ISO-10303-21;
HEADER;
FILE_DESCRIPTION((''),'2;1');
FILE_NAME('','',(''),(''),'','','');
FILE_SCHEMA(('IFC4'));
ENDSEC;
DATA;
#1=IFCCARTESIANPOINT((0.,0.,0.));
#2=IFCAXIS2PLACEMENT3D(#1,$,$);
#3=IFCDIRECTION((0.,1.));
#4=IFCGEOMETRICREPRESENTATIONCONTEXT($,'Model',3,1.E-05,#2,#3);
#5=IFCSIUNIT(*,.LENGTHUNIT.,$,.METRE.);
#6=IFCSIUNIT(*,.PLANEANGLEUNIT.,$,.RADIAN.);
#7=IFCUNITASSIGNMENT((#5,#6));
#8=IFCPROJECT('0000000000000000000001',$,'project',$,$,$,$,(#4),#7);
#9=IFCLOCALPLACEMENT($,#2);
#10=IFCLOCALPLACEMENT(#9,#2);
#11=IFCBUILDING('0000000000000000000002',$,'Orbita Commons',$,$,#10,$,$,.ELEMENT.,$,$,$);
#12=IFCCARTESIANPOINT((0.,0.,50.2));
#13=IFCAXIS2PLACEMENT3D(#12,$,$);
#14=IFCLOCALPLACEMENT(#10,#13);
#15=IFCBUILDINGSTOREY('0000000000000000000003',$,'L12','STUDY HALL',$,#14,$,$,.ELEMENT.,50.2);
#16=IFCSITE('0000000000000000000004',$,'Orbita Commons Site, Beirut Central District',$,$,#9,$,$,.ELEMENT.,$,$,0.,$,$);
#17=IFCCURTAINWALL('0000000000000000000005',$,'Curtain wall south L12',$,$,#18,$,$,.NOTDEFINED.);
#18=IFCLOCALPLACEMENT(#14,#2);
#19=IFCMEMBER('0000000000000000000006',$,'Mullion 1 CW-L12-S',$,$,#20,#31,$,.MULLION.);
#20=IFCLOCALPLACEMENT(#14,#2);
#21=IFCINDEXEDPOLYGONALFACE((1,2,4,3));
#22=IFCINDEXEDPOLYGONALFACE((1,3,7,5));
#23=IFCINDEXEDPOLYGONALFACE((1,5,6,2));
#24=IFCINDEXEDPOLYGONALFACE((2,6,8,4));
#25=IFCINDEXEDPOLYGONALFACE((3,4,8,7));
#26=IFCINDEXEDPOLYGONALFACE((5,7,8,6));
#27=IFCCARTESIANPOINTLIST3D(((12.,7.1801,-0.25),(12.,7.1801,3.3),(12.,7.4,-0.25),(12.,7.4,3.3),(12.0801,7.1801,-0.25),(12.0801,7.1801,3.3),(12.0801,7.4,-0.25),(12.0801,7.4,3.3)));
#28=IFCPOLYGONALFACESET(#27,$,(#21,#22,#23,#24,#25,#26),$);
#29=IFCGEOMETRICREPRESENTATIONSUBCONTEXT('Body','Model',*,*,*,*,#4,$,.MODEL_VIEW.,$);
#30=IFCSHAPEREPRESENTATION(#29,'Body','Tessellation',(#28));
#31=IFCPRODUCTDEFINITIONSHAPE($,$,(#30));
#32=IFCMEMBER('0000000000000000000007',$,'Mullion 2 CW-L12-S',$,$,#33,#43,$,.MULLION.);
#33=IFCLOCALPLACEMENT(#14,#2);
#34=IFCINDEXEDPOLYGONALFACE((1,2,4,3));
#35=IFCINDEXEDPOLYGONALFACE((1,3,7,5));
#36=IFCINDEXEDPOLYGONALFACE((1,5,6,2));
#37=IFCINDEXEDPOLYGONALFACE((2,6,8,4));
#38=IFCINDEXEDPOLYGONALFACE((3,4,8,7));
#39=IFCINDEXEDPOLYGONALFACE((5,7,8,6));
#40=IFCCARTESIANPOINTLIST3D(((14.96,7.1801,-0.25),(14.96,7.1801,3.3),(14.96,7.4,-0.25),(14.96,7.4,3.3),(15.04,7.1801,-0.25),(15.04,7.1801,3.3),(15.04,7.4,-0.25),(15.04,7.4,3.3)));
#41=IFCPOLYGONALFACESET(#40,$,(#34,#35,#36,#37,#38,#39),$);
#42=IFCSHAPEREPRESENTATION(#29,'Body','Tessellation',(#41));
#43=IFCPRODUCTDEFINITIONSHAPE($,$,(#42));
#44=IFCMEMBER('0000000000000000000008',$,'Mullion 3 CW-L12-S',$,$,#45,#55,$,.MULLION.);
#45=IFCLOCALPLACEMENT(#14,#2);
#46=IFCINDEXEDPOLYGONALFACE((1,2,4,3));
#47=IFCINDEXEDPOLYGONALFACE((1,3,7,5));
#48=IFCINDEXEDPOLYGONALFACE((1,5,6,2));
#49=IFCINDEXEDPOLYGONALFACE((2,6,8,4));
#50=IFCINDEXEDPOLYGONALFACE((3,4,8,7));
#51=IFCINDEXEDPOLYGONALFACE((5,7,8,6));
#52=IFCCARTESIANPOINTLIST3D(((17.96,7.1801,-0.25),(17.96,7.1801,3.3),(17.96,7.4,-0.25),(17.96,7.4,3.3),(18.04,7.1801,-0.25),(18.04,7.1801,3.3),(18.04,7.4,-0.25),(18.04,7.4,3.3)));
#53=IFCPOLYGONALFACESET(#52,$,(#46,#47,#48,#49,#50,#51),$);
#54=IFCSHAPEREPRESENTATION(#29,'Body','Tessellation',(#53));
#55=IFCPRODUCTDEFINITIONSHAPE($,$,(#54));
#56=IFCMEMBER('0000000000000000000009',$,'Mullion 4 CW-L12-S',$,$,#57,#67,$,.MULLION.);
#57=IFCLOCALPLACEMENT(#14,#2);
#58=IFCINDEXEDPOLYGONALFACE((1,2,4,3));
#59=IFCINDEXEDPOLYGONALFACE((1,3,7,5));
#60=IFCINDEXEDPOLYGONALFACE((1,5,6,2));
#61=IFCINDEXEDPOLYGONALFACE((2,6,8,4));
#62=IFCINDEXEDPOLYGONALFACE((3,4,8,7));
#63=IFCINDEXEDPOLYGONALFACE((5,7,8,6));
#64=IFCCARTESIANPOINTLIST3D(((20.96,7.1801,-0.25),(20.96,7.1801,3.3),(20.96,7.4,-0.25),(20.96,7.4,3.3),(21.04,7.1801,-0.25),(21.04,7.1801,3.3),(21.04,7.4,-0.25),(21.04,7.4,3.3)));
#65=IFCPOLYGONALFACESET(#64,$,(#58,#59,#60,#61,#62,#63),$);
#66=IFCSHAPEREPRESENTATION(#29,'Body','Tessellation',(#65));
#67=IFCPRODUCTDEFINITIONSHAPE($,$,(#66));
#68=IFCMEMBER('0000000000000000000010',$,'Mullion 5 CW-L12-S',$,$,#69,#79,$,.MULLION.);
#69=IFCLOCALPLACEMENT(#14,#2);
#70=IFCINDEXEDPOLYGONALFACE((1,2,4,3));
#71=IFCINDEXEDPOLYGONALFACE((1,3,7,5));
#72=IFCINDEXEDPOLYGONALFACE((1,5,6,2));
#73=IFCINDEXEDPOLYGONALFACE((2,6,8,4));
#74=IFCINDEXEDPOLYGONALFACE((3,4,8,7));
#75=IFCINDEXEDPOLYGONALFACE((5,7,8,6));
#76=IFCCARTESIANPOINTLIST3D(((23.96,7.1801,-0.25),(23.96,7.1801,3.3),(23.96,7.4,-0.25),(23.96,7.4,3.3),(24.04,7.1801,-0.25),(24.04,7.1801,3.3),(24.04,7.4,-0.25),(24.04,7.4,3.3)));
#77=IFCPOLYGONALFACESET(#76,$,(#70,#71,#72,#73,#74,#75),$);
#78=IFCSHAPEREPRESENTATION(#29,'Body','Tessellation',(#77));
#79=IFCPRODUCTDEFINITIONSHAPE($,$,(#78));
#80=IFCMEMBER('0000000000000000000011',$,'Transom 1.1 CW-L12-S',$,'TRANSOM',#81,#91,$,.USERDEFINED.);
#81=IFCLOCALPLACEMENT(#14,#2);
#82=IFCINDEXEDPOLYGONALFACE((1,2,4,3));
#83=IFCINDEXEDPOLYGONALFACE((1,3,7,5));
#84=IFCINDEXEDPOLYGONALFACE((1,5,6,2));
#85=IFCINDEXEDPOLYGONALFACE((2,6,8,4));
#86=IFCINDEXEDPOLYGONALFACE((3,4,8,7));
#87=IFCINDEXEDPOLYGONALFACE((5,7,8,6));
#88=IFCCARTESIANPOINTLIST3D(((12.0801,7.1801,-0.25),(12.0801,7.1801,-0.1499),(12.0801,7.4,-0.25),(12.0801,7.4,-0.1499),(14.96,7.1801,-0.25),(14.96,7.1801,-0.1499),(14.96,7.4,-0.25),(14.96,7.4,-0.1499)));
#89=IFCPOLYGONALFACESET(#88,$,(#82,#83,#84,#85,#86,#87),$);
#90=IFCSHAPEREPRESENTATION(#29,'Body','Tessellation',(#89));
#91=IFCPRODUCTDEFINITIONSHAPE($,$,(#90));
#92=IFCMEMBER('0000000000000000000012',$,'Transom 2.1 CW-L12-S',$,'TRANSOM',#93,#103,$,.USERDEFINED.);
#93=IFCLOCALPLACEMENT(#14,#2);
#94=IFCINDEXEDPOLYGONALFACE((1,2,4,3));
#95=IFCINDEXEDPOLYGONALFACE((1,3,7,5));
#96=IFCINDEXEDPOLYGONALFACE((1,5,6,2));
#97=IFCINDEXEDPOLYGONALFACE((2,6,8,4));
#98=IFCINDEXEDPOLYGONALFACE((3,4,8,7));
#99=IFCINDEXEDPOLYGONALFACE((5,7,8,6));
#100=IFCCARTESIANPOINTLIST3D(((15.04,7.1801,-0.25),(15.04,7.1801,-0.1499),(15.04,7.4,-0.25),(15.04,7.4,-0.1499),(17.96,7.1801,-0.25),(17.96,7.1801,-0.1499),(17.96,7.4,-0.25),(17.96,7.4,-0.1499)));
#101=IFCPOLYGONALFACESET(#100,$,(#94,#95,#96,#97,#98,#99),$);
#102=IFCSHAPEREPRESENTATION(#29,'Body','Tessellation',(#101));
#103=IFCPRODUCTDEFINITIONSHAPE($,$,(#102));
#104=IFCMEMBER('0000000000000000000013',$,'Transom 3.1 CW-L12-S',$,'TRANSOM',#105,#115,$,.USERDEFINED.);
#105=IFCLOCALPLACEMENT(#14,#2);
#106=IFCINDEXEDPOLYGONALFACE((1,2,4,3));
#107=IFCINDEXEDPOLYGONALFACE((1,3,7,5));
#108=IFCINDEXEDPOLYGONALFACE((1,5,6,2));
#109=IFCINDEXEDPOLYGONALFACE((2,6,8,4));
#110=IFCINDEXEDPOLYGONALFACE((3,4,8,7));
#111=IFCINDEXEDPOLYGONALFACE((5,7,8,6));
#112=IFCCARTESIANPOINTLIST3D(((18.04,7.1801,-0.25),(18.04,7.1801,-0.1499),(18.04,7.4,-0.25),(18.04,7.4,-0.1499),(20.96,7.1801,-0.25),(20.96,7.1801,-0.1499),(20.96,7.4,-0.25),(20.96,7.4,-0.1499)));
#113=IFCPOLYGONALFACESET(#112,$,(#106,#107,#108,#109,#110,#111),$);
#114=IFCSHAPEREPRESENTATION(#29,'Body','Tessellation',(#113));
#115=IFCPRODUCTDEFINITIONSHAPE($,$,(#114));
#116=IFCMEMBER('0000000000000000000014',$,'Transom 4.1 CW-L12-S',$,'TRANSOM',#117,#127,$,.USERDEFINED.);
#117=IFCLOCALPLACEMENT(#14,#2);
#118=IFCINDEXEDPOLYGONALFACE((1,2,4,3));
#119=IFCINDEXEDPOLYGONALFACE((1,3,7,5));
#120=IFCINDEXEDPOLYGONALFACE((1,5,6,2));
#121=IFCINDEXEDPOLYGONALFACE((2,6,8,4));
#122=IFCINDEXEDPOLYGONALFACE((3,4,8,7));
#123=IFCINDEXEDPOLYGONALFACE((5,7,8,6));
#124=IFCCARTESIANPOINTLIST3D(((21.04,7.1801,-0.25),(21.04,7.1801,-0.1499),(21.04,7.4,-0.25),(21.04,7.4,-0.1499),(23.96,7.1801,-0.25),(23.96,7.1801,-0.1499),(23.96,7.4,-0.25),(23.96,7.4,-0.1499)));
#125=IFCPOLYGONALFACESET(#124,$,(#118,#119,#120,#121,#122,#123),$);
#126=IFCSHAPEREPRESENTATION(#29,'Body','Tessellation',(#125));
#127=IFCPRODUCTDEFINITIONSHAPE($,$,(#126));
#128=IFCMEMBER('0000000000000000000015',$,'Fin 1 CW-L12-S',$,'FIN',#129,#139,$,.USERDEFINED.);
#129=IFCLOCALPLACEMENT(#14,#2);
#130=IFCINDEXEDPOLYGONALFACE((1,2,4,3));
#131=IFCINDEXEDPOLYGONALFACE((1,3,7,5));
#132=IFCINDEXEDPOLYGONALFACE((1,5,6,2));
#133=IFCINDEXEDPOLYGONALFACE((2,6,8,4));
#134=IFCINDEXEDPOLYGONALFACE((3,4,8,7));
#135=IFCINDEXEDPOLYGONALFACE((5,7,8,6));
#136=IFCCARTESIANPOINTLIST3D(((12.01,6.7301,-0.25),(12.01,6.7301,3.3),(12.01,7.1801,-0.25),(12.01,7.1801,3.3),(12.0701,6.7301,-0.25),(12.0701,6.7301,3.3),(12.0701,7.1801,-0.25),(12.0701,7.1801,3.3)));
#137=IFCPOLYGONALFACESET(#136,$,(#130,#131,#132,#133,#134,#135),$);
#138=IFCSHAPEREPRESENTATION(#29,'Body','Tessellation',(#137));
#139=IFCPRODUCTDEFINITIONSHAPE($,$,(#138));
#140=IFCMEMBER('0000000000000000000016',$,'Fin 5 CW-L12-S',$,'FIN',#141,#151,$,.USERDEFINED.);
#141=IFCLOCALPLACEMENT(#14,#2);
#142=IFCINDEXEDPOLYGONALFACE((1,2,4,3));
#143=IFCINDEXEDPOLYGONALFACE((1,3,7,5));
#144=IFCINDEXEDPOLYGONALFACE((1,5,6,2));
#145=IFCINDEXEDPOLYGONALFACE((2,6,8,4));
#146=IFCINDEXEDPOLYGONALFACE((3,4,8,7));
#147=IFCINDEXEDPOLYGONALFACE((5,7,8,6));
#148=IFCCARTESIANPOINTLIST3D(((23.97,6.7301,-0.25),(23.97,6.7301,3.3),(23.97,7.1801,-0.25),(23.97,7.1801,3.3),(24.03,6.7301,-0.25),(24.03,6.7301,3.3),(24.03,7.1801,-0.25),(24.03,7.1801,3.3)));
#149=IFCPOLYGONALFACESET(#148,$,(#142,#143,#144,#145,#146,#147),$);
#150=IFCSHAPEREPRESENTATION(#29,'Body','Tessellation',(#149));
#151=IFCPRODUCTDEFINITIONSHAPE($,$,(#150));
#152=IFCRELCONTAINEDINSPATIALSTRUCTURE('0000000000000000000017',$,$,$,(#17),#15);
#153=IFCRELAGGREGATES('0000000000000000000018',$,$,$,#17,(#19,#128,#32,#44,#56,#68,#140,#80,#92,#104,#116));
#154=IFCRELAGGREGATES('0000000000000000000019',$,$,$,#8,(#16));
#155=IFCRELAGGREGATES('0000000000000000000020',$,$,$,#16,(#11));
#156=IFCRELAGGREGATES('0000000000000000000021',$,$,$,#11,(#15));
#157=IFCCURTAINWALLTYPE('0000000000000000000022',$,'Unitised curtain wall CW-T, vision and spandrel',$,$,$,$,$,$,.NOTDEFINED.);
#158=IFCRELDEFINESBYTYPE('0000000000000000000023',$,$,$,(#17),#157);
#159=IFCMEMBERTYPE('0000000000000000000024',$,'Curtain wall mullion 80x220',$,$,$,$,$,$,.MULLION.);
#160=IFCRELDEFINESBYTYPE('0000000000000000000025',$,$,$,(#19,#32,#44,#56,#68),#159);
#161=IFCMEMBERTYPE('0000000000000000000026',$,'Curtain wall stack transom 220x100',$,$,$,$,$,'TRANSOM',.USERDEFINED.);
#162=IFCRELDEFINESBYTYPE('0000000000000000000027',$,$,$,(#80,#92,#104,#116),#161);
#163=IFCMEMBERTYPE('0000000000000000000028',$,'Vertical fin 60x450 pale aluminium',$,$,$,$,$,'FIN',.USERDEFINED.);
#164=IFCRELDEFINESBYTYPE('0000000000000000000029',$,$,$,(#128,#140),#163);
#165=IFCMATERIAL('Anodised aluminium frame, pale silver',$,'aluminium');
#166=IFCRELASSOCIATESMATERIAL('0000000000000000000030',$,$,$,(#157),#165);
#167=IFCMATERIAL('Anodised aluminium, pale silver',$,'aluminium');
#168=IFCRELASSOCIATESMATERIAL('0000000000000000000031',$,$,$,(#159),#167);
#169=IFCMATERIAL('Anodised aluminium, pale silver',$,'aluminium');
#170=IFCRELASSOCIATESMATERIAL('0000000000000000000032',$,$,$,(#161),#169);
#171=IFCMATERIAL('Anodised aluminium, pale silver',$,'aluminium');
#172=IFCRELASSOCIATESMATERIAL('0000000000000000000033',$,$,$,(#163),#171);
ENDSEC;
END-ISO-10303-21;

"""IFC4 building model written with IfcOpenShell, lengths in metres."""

from ifc_helpers import new_model, si_unit, direction, frame, origin, origin_2d, place, context, subcontext, project, spatial, rectangle, extrude, material, material_profile, profile_set, type_object, element, aggregate, save


model = new_model("IFC4")

# Units and contexts
model_context = context("Model", 3, precision=1e-05, world=origin(), true_north=direction((0.0, 1.0)))
body_context = subcontext(model_context, "Body", "Model", "MODEL_VIEW")
ifc_project = project(units=[si_unit("LENGTHUNIT", "METRE"), si_unit("PLANEANGLEUNIT", "RADIAN")], contexts=[model_context])

# Site, building, storey
site_placement = place(None, origin())
site = spatial("IfcSite", under=ifc_project, at=site_placement, Name="Orbita Commons Site, Beirut Central District", CompositionType="ELEMENT", RefElevation=0.0)
building_placement = place(site_placement, origin())
building = spatial("IfcBuilding", under=site, at=building_placement, Name="Orbita Commons", CompositionType="ELEMENT")
storey_placement = place(building_placement, frame((0.0, 0.0, 50.2)))
storey = spatial("IfcBuildingStorey", under=building, at=storey_placement, Name="L12", Description="STUDY HALL", CompositionType="ELEMENT", Elevation=50.2)

# Curtain wall, members
ifc_material_1 = material(Name="Anodised aluminium frame, pale silver", Category="aluminium")
curtain_wall_type = type_object("IfcCurtainWallType", Name="Unitised curtain wall CW-T, vision and spandrel", PredefinedType="NOTDEFINED", material=ifc_material_1)
curtain_wall_placement = place(storey_placement, origin())
curtain_wall = element("IfcCurtainWall", 1, at=curtain_wall_placement, inside=storey, type_object=curtain_wall_type, Name="Curtain wall south L12", PredefinedType="NOTDEFINED")
ifc_material_2 = material(Name="Anodised aluminium, pale silver", Category="aluminium")
ifc_material_profile_1 = material_profile(ifc_material_2, rectangle(XDim=0.0801, YDim=0.22, at=origin_2d()), Name="AL 80x220")
ifc_profile_set_1 = profile_set([ifc_material_profile_1], Name="Anodised aluminium, pale silver")
member_type_1 = type_object("IfcMemberType", Name="Curtain wall mullion 80x220", PredefinedType="MULLION", material=ifc_profile_set_1)
member_1_placement = place(storey_placement, frame((12.04, 7.29, -0.25), z_axis=(0.0, 0.0, 1.0), x_axis=(1.0, 0.0, 0.0)))
member_1 = element("IfcMember", 2, at=member_1_placement, type_object=member_type_1, Name="Mullion 1 CW-L12-S", PredefinedType="MULLION", context=body_context, shape_type="SweptSolid", body=[
    extrude(rectangle(XDim=0.0801, YDim=0.22, at=origin_2d()), origin(), (0.0, 0.0, 1.0), 3.55),
])
member_2_placement = place(storey_placement, frame((15.0, 7.29, -0.25), z_axis=(0.0, 0.0, 1.0), x_axis=(1.0, 0.0, 0.0)))
member_2 = element("IfcMember", 3, at=member_2_placement, type_object=member_type_1, Name="Mullion 2 CW-L12-S", PredefinedType="MULLION", context=body_context, shape_type="SweptSolid", body=[
    extrude(rectangle(XDim=0.0801, YDim=0.22, at=origin_2d()), origin(), (0.0, 0.0, 1.0), 3.55),
])
member_3_placement = place(storey_placement, frame((18.0, 7.29, -0.25), z_axis=(0.0, 0.0, 1.0), x_axis=(1.0, 0.0, 0.0)))
member_3 = element("IfcMember", 4, at=member_3_placement, type_object=member_type_1, Name="Mullion 3 CW-L12-S", PredefinedType="MULLION", context=body_context, shape_type="SweptSolid", body=[
    extrude(rectangle(XDim=0.0801, YDim=0.22, at=origin_2d()), origin(), (0.0, 0.0, 1.0), 3.55),
])
member_4_placement = place(storey_placement, frame((21.0, 7.29, -0.25), z_axis=(0.0, 0.0, 1.0), x_axis=(1.0, 0.0, 0.0)))
member_4 = element("IfcMember", 5, at=member_4_placement, type_object=member_type_1, Name="Mullion 4 CW-L12-S", PredefinedType="MULLION", context=body_context, shape_type="SweptSolid", body=[
    extrude(rectangle(XDim=0.0801, YDim=0.22, at=origin_2d()), origin(), (0.0, 0.0, 1.0), 3.55),
])
member_5_placement = place(storey_placement, frame((24.0, 7.29, -0.25), z_axis=(0.0, 0.0, 1.0), x_axis=(1.0, 0.0, 0.0)))
member_5 = element("IfcMember", 6, at=member_5_placement, type_object=member_type_1, Name="Mullion 5 CW-L12-S", PredefinedType="MULLION", context=body_context, shape_type="SweptSolid", body=[
    extrude(rectangle(XDim=0.0801, YDim=0.22, at=origin_2d()), origin(), (0.0, 0.0, 1.0), 3.55),
])
ifc_material_3 = material(Name="Anodised aluminium, pale silver", Category="aluminium")
ifc_material_profile_2 = material_profile(ifc_material_3, rectangle(XDim=0.22, YDim=0.1001, at=origin_2d()), Name="AL 220x100")
ifc_profile_set_2 = profile_set([ifc_material_profile_2], Name="Anodised aluminium, pale silver")
member_type_2 = type_object("IfcMemberType", Name="Curtain wall stack transom 220x100", ElementType="TRANSOM", PredefinedType="USERDEFINED", material=ifc_profile_set_2)
member_6_placement = place(storey_placement, frame((12.0801, 7.29, -0.2), z_axis=(1.0, 0.0, 0.0), x_axis=(0.0, 1.0, 0.0)))
member_6 = element("IfcMember", 7, at=member_6_placement, type_object=member_type_2, Name="Transom 1.1 CW-L12-S", ObjectType="TRANSOM", PredefinedType="USERDEFINED", context=body_context, shape_type="SweptSolid", body=[
    extrude(rectangle(XDim=0.22, YDim=0.1001, at=origin_2d()), origin(), (0.0, 0.0, 1.0), 2.8799),
])
member_7_placement = place(storey_placement, frame((15.04, 7.29, -0.2), z_axis=(1.0, 0.0, 0.0), x_axis=(0.0, 1.0, 0.0)))
member_7 = element("IfcMember", 8, at=member_7_placement, type_object=member_type_2, Name="Transom 2.1 CW-L12-S", ObjectType="TRANSOM", PredefinedType="USERDEFINED", context=body_context, shape_type="SweptSolid", body=[
    extrude(rectangle(XDim=0.22, YDim=0.1001, at=origin_2d()), origin(), (0.0, 0.0, 1.0), 2.9199),
])
member_8_placement = place(storey_placement, frame((18.04, 7.29, -0.2), z_axis=(1.0, 0.0, 0.0), x_axis=(0.0, 1.0, 0.0)))
member_8 = element("IfcMember", 9, at=member_8_placement, type_object=member_type_2, Name="Transom 3.1 CW-L12-S", ObjectType="TRANSOM", PredefinedType="USERDEFINED", context=body_context, shape_type="SweptSolid", body=[
    extrude(rectangle(XDim=0.22, YDim=0.1001, at=origin_2d()), origin(), (0.0, 0.0, 1.0), 2.9199),
])
member_9_placement = place(storey_placement, frame((21.04, 7.29, -0.2), z_axis=(1.0, 0.0, 0.0), x_axis=(0.0, 1.0, 0.0)))
member_9 = element("IfcMember", 10, at=member_9_placement, type_object=member_type_2, Name="Transom 4.1 CW-L12-S", ObjectType="TRANSOM", PredefinedType="USERDEFINED", context=body_context, shape_type="SweptSolid", body=[
    extrude(rectangle(XDim=0.22, YDim=0.1001, at=origin_2d()), origin(), (0.0, 0.0, 1.0), 2.9199),
])
ifc_material_4 = material(Name="Anodised aluminium, pale silver", Category="aluminium")
ifc_material_profile_3 = material_profile(ifc_material_4, rectangle(XDim=0.0601, YDim=0.45, at=origin_2d()), Name="FIN 60x450")
ifc_profile_set_3 = profile_set([ifc_material_profile_3], Name="Anodised aluminium, pale silver")
member_type_3 = type_object("IfcMemberType", Name="Vertical fin 60x450 pale aluminium", ElementType="FIN", PredefinedType="USERDEFINED", material=ifc_profile_set_3)
member_10_placement = place(storey_placement, frame((12.04, 6.9551, -0.25), z_axis=(0.0, 0.0, 1.0), x_axis=(1.0, 0.0, 0.0)))
member_10 = element("IfcMember", 11, at=member_10_placement, type_object=member_type_3, Name="Fin 1 CW-L12-S", ObjectType="FIN", PredefinedType="USERDEFINED", context=body_context, shape_type="SweptSolid", body=[
    extrude(rectangle(XDim=0.0601, YDim=0.45, at=origin_2d()), origin(), (0.0, 0.0, 1.0), 3.55),
])
member_11_placement = place(storey_placement, frame((24.0, 6.9551, -0.25), z_axis=(0.0, 0.0, 1.0), x_axis=(1.0, 0.0, 0.0)))
member_11 = element("IfcMember", 12, at=member_11_placement, type_object=member_type_3, Name="Fin 5 CW-L12-S", ObjectType="FIN", PredefinedType="USERDEFINED", context=body_context, shape_type="SweptSolid", body=[
    extrude(rectangle(XDim=0.0601, YDim=0.45, at=origin_2d()), origin(), (0.0, 0.0, 1.0), 3.55),
])

aggregate(curtain_wall, [member_1, member_10, member_2, member_3, member_4, member_5, member_11, member_6, member_7, member_8, member_9])

save(model, "model.ifc")
